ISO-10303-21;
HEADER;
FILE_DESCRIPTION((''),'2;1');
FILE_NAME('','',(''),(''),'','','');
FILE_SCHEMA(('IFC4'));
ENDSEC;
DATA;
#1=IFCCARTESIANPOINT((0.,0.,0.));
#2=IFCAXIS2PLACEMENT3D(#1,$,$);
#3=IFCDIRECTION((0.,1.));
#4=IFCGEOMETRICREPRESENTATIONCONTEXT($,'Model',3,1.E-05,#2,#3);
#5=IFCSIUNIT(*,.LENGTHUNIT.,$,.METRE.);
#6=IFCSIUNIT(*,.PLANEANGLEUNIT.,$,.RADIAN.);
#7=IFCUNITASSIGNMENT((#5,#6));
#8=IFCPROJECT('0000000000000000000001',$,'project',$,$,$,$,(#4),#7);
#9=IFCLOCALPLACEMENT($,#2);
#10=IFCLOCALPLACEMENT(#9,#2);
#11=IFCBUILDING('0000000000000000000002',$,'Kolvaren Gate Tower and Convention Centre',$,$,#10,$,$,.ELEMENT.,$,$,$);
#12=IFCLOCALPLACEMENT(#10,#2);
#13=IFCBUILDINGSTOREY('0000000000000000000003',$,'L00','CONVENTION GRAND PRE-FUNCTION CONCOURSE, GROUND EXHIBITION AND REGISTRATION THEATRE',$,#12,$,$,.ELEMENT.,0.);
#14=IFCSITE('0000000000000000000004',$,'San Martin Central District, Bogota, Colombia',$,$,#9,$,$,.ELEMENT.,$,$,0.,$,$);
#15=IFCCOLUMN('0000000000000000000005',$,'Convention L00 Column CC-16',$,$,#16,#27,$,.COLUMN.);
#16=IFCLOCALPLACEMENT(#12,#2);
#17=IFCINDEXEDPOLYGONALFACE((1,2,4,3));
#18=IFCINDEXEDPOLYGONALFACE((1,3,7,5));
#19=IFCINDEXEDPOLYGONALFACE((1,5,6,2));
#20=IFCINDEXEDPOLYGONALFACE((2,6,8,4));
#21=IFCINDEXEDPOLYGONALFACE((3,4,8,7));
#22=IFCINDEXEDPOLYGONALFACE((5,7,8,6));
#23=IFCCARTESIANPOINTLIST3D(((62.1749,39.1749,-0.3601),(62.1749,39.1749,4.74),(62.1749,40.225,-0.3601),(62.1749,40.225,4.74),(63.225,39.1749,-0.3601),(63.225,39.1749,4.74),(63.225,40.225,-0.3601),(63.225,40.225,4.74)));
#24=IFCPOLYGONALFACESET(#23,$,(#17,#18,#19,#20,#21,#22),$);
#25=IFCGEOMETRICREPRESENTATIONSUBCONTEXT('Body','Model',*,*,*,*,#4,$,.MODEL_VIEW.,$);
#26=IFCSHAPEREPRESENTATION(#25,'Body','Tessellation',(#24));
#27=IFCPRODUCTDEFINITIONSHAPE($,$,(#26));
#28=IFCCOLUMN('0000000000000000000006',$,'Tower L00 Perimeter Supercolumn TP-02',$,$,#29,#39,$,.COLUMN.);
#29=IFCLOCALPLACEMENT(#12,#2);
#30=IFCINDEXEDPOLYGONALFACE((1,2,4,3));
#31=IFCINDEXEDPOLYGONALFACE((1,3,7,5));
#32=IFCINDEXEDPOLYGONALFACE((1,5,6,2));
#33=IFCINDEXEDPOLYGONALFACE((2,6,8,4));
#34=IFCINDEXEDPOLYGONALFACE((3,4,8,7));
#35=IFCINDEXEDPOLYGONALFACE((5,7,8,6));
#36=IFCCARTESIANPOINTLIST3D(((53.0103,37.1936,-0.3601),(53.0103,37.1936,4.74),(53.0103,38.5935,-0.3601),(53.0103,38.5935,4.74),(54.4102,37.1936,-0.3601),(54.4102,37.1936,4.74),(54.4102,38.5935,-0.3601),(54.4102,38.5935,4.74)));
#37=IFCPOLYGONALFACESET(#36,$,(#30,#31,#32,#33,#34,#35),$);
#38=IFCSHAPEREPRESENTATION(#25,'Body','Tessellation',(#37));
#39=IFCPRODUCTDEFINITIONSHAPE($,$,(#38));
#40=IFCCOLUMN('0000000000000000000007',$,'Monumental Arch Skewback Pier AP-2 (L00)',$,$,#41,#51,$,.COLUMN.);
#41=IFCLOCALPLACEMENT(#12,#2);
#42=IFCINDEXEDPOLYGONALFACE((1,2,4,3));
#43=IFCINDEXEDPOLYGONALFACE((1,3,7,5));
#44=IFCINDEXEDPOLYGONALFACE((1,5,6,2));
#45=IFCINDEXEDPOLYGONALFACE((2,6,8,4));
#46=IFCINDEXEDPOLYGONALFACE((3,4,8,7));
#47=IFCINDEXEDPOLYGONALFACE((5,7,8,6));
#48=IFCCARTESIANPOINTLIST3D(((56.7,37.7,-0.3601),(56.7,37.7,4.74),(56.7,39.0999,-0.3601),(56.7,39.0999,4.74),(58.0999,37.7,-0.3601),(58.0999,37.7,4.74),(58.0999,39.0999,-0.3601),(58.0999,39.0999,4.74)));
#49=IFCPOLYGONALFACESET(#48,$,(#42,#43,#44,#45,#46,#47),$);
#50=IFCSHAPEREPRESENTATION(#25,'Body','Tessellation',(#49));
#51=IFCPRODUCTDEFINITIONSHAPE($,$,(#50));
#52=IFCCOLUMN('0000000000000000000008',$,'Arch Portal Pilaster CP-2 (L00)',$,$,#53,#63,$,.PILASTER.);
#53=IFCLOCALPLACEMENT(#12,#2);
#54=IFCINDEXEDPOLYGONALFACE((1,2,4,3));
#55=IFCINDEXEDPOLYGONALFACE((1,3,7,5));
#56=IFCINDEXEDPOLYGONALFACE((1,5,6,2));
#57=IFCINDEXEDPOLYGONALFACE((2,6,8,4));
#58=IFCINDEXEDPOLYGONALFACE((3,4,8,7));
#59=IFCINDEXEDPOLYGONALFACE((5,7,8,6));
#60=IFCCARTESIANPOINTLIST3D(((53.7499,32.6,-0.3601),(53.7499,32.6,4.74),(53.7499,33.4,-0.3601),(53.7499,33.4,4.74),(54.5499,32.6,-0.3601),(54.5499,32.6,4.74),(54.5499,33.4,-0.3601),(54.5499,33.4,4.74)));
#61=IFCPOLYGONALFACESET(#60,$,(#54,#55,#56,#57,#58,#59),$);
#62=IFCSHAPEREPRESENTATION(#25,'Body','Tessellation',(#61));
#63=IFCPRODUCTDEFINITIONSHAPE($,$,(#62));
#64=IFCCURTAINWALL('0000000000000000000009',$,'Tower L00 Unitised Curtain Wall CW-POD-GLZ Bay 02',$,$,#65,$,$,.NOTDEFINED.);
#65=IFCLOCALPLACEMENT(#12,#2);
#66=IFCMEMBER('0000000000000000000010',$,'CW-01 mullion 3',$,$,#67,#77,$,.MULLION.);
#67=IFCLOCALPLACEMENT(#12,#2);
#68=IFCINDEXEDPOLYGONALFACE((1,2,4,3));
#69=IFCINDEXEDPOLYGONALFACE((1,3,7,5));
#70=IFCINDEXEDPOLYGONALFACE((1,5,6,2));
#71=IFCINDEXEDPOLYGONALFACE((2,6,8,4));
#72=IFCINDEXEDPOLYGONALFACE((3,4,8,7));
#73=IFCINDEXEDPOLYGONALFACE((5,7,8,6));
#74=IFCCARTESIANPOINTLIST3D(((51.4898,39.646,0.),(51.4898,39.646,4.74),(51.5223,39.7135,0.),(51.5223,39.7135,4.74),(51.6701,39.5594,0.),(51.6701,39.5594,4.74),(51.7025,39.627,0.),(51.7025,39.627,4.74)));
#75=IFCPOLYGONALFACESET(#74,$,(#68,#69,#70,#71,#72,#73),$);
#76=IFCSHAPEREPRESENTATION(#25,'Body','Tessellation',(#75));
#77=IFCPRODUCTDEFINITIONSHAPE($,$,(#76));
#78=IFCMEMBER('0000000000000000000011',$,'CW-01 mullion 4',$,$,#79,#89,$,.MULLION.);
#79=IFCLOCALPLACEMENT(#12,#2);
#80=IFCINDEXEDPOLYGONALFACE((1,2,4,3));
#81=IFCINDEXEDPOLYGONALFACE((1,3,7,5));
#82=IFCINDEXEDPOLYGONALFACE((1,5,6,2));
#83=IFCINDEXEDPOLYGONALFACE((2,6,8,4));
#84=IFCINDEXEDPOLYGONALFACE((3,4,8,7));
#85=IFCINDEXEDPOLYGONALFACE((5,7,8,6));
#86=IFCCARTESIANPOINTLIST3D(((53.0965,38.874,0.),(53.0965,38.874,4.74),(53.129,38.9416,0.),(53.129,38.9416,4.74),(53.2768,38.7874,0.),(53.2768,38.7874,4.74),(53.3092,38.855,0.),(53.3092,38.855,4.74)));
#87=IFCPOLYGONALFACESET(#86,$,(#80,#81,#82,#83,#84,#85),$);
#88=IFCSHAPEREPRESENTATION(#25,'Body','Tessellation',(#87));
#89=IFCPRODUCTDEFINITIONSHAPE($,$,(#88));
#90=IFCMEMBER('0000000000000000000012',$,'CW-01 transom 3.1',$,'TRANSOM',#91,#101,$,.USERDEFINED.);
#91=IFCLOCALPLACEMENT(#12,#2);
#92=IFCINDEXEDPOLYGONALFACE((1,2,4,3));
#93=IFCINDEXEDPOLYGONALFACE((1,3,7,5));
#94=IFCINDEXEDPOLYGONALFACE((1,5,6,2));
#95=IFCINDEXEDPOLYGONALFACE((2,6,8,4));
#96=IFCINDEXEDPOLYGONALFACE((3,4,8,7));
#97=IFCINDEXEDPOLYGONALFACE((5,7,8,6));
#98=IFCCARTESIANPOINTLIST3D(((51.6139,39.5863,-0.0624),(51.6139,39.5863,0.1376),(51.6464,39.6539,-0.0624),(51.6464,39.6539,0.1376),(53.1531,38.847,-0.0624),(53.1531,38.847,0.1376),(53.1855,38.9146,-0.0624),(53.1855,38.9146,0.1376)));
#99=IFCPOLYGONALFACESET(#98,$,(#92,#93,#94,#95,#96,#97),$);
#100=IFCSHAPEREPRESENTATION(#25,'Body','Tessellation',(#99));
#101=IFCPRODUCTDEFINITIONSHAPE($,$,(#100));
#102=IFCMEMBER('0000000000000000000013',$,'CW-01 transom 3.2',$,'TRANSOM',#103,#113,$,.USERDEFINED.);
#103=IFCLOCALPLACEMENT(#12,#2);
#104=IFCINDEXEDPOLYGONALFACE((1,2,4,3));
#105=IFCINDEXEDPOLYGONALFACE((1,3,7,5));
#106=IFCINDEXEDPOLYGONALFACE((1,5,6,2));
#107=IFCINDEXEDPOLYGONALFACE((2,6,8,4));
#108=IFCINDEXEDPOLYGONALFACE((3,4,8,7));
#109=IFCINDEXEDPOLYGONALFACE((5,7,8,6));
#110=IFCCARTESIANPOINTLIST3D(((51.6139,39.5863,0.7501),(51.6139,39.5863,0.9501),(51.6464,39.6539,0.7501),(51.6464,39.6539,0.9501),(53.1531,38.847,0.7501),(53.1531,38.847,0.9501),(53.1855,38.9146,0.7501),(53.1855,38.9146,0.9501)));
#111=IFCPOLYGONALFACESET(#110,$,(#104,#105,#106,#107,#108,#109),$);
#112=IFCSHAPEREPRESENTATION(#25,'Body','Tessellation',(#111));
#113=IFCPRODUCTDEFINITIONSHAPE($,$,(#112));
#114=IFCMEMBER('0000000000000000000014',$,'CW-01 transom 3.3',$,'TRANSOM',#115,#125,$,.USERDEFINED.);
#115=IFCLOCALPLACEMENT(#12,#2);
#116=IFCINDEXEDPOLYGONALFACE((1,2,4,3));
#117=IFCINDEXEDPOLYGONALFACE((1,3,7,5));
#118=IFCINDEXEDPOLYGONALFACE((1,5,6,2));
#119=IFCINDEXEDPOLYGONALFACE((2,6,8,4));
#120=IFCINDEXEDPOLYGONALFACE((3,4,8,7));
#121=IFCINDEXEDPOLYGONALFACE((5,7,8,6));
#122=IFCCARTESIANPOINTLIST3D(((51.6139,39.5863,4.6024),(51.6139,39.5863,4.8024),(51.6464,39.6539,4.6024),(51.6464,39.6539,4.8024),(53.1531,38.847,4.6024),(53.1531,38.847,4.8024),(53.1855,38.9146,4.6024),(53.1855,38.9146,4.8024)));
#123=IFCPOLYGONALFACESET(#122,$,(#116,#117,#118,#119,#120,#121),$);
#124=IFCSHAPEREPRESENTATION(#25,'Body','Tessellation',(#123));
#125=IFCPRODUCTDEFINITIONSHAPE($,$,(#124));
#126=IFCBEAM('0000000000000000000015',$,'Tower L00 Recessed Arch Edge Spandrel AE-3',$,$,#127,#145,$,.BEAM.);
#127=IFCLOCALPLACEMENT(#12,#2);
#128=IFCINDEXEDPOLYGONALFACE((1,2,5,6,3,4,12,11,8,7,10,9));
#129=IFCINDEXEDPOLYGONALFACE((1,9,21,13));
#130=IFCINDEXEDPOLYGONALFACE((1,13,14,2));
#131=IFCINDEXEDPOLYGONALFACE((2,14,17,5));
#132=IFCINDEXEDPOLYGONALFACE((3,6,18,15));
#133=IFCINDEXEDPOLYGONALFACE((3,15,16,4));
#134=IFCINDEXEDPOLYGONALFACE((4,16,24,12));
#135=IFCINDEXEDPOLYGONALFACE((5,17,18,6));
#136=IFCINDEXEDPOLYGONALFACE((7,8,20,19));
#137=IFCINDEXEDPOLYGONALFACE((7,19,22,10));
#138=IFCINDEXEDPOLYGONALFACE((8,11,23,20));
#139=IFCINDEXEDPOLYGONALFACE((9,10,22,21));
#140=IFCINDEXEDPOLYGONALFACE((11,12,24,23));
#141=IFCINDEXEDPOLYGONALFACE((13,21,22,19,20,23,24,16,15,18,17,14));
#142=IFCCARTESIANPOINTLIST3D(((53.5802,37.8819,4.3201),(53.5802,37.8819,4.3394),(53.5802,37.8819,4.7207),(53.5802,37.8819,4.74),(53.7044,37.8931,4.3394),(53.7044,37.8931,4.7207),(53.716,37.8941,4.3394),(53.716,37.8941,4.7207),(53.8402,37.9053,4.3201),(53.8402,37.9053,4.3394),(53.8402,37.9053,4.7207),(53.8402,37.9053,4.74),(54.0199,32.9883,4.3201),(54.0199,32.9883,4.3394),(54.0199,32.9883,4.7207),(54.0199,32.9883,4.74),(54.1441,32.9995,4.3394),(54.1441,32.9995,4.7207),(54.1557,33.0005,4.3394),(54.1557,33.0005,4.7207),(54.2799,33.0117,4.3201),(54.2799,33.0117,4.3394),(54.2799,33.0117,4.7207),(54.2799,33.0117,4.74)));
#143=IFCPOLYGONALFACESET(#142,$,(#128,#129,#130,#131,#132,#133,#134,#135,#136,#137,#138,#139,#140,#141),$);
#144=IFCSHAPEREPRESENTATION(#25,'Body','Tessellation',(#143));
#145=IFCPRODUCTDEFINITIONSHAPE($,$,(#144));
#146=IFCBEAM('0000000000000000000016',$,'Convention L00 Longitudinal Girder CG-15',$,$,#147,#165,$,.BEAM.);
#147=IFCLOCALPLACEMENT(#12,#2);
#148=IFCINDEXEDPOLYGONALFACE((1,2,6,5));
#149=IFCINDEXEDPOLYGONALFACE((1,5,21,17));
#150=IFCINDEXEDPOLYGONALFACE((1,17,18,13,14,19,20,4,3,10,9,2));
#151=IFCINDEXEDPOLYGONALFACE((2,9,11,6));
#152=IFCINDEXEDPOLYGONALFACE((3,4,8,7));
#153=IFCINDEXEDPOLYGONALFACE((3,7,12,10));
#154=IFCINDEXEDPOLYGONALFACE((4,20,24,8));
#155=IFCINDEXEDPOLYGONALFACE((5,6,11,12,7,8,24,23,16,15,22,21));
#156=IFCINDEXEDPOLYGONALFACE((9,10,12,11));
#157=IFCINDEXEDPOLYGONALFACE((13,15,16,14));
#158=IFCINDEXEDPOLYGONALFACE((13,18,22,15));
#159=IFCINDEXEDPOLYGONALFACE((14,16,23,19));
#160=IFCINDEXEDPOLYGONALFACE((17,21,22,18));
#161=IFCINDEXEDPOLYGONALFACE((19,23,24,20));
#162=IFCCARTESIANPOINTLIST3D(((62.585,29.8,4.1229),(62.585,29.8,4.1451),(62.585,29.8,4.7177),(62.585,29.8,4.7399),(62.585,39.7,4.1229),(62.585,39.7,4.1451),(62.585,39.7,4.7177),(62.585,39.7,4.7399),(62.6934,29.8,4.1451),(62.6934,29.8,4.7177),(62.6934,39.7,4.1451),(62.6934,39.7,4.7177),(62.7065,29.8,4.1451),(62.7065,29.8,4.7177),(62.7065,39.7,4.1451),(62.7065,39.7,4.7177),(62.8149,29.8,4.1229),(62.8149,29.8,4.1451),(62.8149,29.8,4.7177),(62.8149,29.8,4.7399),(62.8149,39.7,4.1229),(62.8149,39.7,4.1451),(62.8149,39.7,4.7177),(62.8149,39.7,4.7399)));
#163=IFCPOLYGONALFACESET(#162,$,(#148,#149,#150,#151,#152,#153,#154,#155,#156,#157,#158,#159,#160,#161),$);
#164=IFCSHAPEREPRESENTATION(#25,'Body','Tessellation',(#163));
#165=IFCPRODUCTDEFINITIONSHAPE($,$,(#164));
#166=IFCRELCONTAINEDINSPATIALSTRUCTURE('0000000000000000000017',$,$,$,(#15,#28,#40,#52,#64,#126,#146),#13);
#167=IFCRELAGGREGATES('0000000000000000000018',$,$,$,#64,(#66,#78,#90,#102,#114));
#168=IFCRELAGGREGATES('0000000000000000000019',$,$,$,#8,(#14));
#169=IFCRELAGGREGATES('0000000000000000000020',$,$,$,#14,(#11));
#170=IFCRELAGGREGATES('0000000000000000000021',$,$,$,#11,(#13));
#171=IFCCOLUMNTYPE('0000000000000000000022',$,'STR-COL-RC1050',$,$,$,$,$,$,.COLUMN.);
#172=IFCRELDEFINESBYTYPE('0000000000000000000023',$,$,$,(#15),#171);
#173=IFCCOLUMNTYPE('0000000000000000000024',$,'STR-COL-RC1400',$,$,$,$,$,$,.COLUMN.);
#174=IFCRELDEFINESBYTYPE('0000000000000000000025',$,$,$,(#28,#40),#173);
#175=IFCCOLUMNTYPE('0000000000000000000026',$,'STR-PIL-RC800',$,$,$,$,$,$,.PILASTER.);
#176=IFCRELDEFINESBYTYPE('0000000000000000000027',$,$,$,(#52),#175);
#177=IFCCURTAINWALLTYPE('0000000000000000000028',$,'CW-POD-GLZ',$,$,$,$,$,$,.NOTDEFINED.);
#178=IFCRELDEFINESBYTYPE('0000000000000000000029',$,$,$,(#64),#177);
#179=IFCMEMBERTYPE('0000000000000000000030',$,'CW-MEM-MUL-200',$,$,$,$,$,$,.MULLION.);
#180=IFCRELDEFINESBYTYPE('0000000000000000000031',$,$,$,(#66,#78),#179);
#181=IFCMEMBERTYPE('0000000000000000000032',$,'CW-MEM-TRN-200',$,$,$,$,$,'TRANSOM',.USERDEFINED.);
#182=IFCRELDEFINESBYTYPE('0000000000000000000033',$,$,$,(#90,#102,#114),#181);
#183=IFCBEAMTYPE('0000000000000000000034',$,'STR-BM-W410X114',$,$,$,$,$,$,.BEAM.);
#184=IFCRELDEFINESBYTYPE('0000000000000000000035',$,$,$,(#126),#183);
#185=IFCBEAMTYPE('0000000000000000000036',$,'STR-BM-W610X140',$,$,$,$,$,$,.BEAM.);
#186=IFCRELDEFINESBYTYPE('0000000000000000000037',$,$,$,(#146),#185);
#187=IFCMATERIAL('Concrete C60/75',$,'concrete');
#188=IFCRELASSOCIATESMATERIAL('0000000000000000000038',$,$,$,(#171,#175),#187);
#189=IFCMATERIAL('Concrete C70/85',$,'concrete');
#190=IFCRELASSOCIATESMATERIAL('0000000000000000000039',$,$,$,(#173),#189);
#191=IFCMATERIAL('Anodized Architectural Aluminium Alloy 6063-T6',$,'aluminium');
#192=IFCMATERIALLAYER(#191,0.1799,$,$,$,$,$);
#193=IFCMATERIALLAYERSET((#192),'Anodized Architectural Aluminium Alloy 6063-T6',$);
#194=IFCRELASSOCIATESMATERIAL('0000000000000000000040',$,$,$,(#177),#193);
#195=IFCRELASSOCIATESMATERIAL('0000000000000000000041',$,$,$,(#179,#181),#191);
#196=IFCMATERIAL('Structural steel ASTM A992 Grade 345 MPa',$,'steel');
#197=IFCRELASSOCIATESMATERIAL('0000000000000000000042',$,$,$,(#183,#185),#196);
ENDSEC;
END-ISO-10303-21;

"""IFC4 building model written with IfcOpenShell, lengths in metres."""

from ifc_helpers import new_model, si_unit, direction, frame, origin, origin_2d, place, context, subcontext, project, spatial, rectangle, i_section, extrude, material, layer, layer_set, material_profile, profile_set, type_object, element, aggregate, save


model = new_model("IFC4")

# Units and contexts
model_context = context("Model", 3, precision=1e-05, world=origin(), true_north=direction((0.0, 1.0)))
body_context = subcontext(model_context, "Body", "Model", "MODEL_VIEW")
ifc_project = project(units=[si_unit("LENGTHUNIT", "METRE"), si_unit("PLANEANGLEUNIT", "RADIAN")], contexts=[model_context])

# Site, building, storey
site_placement = place(None, origin())
site = spatial("IfcSite", under=ifc_project, at=site_placement, Name="San Martin Central District, Bogota, Colombia", CompositionType="ELEMENT", RefElevation=0.0)
building_placement = place(site_placement, origin())
building = spatial("IfcBuilding", under=site, at=building_placement, Name="Kolvaren Gate Tower and Convention Centre", CompositionType="ELEMENT")
storey_placement = place(building_placement, origin())
storey = spatial("IfcBuildingStorey", under=building, at=storey_placement, Name="L00", Description="CONVENTION GRAND PRE-FUNCTION CONCOURSE, GROUND EXHIBITION AND REGISTRATION THEATRE", CompositionType="ELEMENT", Elevation=0.0)

# Columns
ifc_material_1 = material(Name="Concrete C60/75", Category="concrete")
ifc_material_profile_1 = material_profile(ifc_material_1, rectangle(XDim=1.05, YDim=1.05, at=origin_2d()), Name="RC-COL-1050X1050")
ifc_profile_set_1 = profile_set([ifc_material_profile_1], Name="Concrete C60/75")
column_type_1 = type_object("IfcColumnType", Name="STR-COL-RC1050", PredefinedType="COLUMN", material=ifc_profile_set_1)
column_1_placement = place(storey_placement, frame((62.7, 39.7, -0.3601), z_axis=(0.0, 0.0, 1.0), x_axis=(1.0, 0.0, 0.0)))
element("IfcColumn", 1, at=column_1_placement, inside=storey, type_object=column_type_1, Name="Convention L00 Column CC-16", PredefinedType="COLUMN", context=body_context, shape_type="SweptSolid", body=[
    extrude(rectangle(XDim=1.05, YDim=1.05, at=origin_2d()), origin(), (0.0, 0.0, 1.0), 5.1001),
])
ifc_material_2 = material(Name="Concrete C70/85", Category="concrete")
ifc_material_profile_2 = material_profile(ifc_material_2, rectangle(XDim=1.3999, YDim=1.3999, at=origin_2d()), Name="RC-COL-1400X1400")
ifc_profile_set_2 = profile_set([ifc_material_profile_2], Name="Concrete C70/85")
column_type_2 = type_object("IfcColumnType", Name="STR-COL-RC1400", PredefinedType="COLUMN", material=ifc_profile_set_2)
for number, where, z_axis, x_axis, name in (
    (2, (53.7102, 37.8936, -0.3601), (0.0, 0.0, 1.0), (1.0, 0.0, 0.0), "Tower L00 Perimeter Supercolumn TP-02"),
    (3, (57.3999, 38.3999, -0.3601), (0.0, 0.0, 1.0), (1.0, 0.0, 0.0), "Monumental Arch Skewback Pier AP-2 (L00)"),
):
    element("IfcColumn", number, at=place(storey_placement, frame(where, z_axis=z_axis, x_axis=x_axis)), inside=storey, type_object=column_type_2, Name=name, PredefinedType="COLUMN", context=body_context, shape_type="SweptSolid", body=[
        extrude(rectangle(XDim=1.3999, YDim=1.3999, at=origin_2d()), origin(), (0.0, 0.0, 1.0), 5.1001),
    ])
ifc_material_profile_3 = material_profile(ifc_material_1, rectangle(XDim=0.8, YDim=0.8, at=origin_2d()), Name="RC-COL-800X800")
ifc_profile_set_3 = profile_set([ifc_material_profile_3], Name="Concrete C60/75")
column_type_3 = type_object("IfcColumnType", Name="STR-PIL-RC800", PredefinedType="PILASTER", material=ifc_profile_set_3)
column_2_placement = place(storey_placement, frame((54.1499, 33.0, -0.3601), z_axis=(0.0, 0.0, 1.0), x_axis=(1.0, 0.0, 0.0)))
element("IfcColumn", 4, at=column_2_placement, inside=storey, type_object=column_type_3, Name="Arch Portal Pilaster CP-2 (L00)", PredefinedType="PILASTER", context=body_context, shape_type="SweptSolid", body=[
    extrude(rectangle(XDim=0.8, YDim=0.8, at=origin_2d()), origin(), (0.0, 0.0, 1.0), 5.1001),
])

# Curtain wall, members
ifc_material_3 = material(Name="Anodized Architectural Aluminium Alloy 6063-T6", Category="aluminium")
ifc_layer_1 = layer(ifc_material_3, 0.1799)
ifc_layer_set_1 = layer_set([ifc_layer_1], Name="Anodized Architectural Aluminium Alloy 6063-T6")
curtain_wall_type = type_object("IfcCurtainWallType", Name="CW-POD-GLZ", PredefinedType="NOTDEFINED", material=ifc_layer_set_1)
curtain_wall_placement = place(storey_placement, origin())
curtain_wall = element("IfcCurtainWall", 5, at=curtain_wall_placement, inside=storey, type_object=curtain_wall_type, Name="Tower L00 Unitised Curtain Wall CW-POD-GLZ Bay 02", PredefinedType="NOTDEFINED")
ifc_material_profile_4 = material_profile(ifc_material_3, rectangle(XDim=0.075, YDim=0.2, at=origin_2d()), Name="CW-MEM-MUL-200")
ifc_profile_set_4 = profile_set([ifc_material_profile_4], Name="Anodized Architectural Aluminium Alloy 6063-T6")
member_type_1 = type_object("IfcMemberType", Name="CW-MEM-MUL-200", PredefinedType="MULLION", material=ifc_profile_set_4)
member_1_placement = place(storey_placement, frame((51.5962, 39.6365, 0.0), z_axis=(0.0, 0.0, 1.0), x_axis=(0.433063, 0.901364, 0.0)))
member_1 = element("IfcMember", 6, at=member_1_placement, type_object=member_type_1, Name="CW-01 mullion 3", PredefinedType="MULLION", context=body_context, shape_type="SweptSolid", body=[
    extrude(rectangle(XDim=0.075, YDim=0.2, at=origin_2d()), origin(), (0.0, 0.0, 1.0), 4.74),
])
member_2_placement = place(storey_placement, frame((53.2029, 38.8645, 0.0), z_axis=(0.0, 0.0, 1.0), x_axis=(0.433063, 0.901364, 0.0)))
member_2 = element("IfcMember", 7, at=member_2_placement, type_object=member_type_1, Name="CW-01 mullion 4", PredefinedType="MULLION", context=body_context, shape_type="SweptSolid", body=[
    extrude(rectangle(XDim=0.075, YDim=0.2, at=origin_2d()), origin(), (0.0, 0.0, 1.0), 4.74),
])
ifc_material_profile_5 = material_profile(ifc_material_3, rectangle(XDim=0.075, YDim=0.2, at=origin_2d()), Name="CW-MEM-TRN-200")
ifc_profile_set_5 = profile_set([ifc_material_profile_5], Name="Anodized Architectural Aluminium Alloy 6063-T6")
member_type_2 = type_object("IfcMemberType", Name="CW-MEM-TRN-200", ElementType="TRANSOM", PredefinedType="USERDEFINED", material=ifc_profile_set_5)
member_3_placement = place(storey_placement, frame((51.6301, 39.6201, 0.0376), z_axis=(0.901407, -0.432973, 0.0), x_axis=(0.432973, 0.901407, 0.0)))
member_3 = element("IfcMember", 8, at=member_3_placement, type_object=member_type_2, Name="CW-01 transom 3.1", ObjectType="TRANSOM", PredefinedType="USERDEFINED", context=body_context, shape_type="SweptSolid", body=[
    extrude(rectangle(XDim=0.075, YDim=0.2, at=origin_2d()), origin(), (0.0, 0.0, 1.0), 1.7075),
])
member_4_placement = place(storey_placement, frame((51.6301, 39.6201, 0.8501), z_axis=(0.901407, -0.432973, 0.0), x_axis=(0.432973, 0.901407, 0.0)))
member_4 = element("IfcMember", 9, at=member_4_placement, type_object=member_type_2, Name="CW-01 transom 3.2", ObjectType="TRANSOM", PredefinedType="USERDEFINED", context=body_context, shape_type="SweptSolid", body=[
    extrude(rectangle(XDim=0.075, YDim=0.2, at=origin_2d()), origin(), (0.0, 0.0, 1.0), 1.7075),
])
member_5_placement = place(storey_placement, frame((51.6301, 39.6201, 4.7024), z_axis=(0.901407, -0.432973, 0.0), x_axis=(0.432973, 0.901407, 0.0)))
member_5 = element("IfcMember", 10, at=member_5_placement, type_object=member_type_2, Name="CW-01 transom 3.3", ObjectType="TRANSOM", PredefinedType="USERDEFINED", context=body_context, shape_type="SweptSolid", body=[
    extrude(rectangle(XDim=0.075, YDim=0.2, at=origin_2d()), origin(), (0.0, 0.0, 1.0), 1.7075),
])

# Beams
ifc_material_4 = material(Name="Structural steel ASTM A992 Grade 345 MPa", Category="steel")
ifc_material_profile_6 = material_profile(ifc_material_4, i_section(OverallWidth=0.261, OverallDepth=0.4199, WebThickness=0.0117, FlangeThickness=0.0193, at=origin_2d()), Name="W410X114")
ifc_profile_set_6 = profile_set([ifc_material_profile_6], Name="Structural steel ASTM A992 Grade 345 MPa")
beam_type_1 = type_object("IfcBeamType", Name="STR-BM-W410X114", PredefinedType="BEAM", material=ifc_profile_set_6)
beam_1_placement = place(storey_placement, frame((54.1499, 33.0, 4.53), z_axis=(-0.089492, 0.995988, 0.0), x_axis=(-0.995988, -0.089492, 0.0)))
element("IfcBeam", 11, at=beam_1_placement, inside=storey, type_object=beam_type_1, Name="Tower L00 Recessed Arch Edge Spandrel AE-3", PredefinedType="BEAM", context=body_context, shape_type="SweptSolid", body=[
    extrude(i_section(OverallWidth=0.261, OverallDepth=0.4199, WebThickness=0.0117, FlangeThickness=0.0193, at=origin_2d()), origin(), (0.0, 0.0, 1.0), 4.9133),
])
ifc_material_profile_7 = material_profile(ifc_material_4, i_section(OverallWidth=0.23, OverallDepth=0.6169, WebThickness=0.0132, FlangeThickness=0.0222, at=origin_2d()), Name="W610X140")
ifc_profile_set_7 = profile_set([ifc_material_profile_7], Name="Structural steel ASTM A992 Grade 345 MPa")
beam_type_2 = type_object("IfcBeamType", Name="STR-BM-W610X140", PredefinedType="BEAM", material=ifc_profile_set_7)
beam_2_placement = place(storey_placement, frame((62.7, 29.8, 4.4314), z_axis=(0.0, 1.0, 0.0), x_axis=(-1.0, 0.0, 0.0)))
element("IfcBeam", 12, at=beam_2_placement, inside=storey, type_object=beam_type_2, Name="Convention L00 Longitudinal Girder CG-15", PredefinedType="BEAM", context=body_context, shape_type="SweptSolid", body=[
    extrude(i_section(OverallWidth=0.23, OverallDepth=0.6169, WebThickness=0.0132, FlangeThickness=0.0222, at=origin_2d()), origin(), (0.0, 0.0, 1.0), 9.8999),
])

aggregate(curtain_wall, [member_1, member_2, member_3, member_4, member_5])

save(model, "model.ifc")
